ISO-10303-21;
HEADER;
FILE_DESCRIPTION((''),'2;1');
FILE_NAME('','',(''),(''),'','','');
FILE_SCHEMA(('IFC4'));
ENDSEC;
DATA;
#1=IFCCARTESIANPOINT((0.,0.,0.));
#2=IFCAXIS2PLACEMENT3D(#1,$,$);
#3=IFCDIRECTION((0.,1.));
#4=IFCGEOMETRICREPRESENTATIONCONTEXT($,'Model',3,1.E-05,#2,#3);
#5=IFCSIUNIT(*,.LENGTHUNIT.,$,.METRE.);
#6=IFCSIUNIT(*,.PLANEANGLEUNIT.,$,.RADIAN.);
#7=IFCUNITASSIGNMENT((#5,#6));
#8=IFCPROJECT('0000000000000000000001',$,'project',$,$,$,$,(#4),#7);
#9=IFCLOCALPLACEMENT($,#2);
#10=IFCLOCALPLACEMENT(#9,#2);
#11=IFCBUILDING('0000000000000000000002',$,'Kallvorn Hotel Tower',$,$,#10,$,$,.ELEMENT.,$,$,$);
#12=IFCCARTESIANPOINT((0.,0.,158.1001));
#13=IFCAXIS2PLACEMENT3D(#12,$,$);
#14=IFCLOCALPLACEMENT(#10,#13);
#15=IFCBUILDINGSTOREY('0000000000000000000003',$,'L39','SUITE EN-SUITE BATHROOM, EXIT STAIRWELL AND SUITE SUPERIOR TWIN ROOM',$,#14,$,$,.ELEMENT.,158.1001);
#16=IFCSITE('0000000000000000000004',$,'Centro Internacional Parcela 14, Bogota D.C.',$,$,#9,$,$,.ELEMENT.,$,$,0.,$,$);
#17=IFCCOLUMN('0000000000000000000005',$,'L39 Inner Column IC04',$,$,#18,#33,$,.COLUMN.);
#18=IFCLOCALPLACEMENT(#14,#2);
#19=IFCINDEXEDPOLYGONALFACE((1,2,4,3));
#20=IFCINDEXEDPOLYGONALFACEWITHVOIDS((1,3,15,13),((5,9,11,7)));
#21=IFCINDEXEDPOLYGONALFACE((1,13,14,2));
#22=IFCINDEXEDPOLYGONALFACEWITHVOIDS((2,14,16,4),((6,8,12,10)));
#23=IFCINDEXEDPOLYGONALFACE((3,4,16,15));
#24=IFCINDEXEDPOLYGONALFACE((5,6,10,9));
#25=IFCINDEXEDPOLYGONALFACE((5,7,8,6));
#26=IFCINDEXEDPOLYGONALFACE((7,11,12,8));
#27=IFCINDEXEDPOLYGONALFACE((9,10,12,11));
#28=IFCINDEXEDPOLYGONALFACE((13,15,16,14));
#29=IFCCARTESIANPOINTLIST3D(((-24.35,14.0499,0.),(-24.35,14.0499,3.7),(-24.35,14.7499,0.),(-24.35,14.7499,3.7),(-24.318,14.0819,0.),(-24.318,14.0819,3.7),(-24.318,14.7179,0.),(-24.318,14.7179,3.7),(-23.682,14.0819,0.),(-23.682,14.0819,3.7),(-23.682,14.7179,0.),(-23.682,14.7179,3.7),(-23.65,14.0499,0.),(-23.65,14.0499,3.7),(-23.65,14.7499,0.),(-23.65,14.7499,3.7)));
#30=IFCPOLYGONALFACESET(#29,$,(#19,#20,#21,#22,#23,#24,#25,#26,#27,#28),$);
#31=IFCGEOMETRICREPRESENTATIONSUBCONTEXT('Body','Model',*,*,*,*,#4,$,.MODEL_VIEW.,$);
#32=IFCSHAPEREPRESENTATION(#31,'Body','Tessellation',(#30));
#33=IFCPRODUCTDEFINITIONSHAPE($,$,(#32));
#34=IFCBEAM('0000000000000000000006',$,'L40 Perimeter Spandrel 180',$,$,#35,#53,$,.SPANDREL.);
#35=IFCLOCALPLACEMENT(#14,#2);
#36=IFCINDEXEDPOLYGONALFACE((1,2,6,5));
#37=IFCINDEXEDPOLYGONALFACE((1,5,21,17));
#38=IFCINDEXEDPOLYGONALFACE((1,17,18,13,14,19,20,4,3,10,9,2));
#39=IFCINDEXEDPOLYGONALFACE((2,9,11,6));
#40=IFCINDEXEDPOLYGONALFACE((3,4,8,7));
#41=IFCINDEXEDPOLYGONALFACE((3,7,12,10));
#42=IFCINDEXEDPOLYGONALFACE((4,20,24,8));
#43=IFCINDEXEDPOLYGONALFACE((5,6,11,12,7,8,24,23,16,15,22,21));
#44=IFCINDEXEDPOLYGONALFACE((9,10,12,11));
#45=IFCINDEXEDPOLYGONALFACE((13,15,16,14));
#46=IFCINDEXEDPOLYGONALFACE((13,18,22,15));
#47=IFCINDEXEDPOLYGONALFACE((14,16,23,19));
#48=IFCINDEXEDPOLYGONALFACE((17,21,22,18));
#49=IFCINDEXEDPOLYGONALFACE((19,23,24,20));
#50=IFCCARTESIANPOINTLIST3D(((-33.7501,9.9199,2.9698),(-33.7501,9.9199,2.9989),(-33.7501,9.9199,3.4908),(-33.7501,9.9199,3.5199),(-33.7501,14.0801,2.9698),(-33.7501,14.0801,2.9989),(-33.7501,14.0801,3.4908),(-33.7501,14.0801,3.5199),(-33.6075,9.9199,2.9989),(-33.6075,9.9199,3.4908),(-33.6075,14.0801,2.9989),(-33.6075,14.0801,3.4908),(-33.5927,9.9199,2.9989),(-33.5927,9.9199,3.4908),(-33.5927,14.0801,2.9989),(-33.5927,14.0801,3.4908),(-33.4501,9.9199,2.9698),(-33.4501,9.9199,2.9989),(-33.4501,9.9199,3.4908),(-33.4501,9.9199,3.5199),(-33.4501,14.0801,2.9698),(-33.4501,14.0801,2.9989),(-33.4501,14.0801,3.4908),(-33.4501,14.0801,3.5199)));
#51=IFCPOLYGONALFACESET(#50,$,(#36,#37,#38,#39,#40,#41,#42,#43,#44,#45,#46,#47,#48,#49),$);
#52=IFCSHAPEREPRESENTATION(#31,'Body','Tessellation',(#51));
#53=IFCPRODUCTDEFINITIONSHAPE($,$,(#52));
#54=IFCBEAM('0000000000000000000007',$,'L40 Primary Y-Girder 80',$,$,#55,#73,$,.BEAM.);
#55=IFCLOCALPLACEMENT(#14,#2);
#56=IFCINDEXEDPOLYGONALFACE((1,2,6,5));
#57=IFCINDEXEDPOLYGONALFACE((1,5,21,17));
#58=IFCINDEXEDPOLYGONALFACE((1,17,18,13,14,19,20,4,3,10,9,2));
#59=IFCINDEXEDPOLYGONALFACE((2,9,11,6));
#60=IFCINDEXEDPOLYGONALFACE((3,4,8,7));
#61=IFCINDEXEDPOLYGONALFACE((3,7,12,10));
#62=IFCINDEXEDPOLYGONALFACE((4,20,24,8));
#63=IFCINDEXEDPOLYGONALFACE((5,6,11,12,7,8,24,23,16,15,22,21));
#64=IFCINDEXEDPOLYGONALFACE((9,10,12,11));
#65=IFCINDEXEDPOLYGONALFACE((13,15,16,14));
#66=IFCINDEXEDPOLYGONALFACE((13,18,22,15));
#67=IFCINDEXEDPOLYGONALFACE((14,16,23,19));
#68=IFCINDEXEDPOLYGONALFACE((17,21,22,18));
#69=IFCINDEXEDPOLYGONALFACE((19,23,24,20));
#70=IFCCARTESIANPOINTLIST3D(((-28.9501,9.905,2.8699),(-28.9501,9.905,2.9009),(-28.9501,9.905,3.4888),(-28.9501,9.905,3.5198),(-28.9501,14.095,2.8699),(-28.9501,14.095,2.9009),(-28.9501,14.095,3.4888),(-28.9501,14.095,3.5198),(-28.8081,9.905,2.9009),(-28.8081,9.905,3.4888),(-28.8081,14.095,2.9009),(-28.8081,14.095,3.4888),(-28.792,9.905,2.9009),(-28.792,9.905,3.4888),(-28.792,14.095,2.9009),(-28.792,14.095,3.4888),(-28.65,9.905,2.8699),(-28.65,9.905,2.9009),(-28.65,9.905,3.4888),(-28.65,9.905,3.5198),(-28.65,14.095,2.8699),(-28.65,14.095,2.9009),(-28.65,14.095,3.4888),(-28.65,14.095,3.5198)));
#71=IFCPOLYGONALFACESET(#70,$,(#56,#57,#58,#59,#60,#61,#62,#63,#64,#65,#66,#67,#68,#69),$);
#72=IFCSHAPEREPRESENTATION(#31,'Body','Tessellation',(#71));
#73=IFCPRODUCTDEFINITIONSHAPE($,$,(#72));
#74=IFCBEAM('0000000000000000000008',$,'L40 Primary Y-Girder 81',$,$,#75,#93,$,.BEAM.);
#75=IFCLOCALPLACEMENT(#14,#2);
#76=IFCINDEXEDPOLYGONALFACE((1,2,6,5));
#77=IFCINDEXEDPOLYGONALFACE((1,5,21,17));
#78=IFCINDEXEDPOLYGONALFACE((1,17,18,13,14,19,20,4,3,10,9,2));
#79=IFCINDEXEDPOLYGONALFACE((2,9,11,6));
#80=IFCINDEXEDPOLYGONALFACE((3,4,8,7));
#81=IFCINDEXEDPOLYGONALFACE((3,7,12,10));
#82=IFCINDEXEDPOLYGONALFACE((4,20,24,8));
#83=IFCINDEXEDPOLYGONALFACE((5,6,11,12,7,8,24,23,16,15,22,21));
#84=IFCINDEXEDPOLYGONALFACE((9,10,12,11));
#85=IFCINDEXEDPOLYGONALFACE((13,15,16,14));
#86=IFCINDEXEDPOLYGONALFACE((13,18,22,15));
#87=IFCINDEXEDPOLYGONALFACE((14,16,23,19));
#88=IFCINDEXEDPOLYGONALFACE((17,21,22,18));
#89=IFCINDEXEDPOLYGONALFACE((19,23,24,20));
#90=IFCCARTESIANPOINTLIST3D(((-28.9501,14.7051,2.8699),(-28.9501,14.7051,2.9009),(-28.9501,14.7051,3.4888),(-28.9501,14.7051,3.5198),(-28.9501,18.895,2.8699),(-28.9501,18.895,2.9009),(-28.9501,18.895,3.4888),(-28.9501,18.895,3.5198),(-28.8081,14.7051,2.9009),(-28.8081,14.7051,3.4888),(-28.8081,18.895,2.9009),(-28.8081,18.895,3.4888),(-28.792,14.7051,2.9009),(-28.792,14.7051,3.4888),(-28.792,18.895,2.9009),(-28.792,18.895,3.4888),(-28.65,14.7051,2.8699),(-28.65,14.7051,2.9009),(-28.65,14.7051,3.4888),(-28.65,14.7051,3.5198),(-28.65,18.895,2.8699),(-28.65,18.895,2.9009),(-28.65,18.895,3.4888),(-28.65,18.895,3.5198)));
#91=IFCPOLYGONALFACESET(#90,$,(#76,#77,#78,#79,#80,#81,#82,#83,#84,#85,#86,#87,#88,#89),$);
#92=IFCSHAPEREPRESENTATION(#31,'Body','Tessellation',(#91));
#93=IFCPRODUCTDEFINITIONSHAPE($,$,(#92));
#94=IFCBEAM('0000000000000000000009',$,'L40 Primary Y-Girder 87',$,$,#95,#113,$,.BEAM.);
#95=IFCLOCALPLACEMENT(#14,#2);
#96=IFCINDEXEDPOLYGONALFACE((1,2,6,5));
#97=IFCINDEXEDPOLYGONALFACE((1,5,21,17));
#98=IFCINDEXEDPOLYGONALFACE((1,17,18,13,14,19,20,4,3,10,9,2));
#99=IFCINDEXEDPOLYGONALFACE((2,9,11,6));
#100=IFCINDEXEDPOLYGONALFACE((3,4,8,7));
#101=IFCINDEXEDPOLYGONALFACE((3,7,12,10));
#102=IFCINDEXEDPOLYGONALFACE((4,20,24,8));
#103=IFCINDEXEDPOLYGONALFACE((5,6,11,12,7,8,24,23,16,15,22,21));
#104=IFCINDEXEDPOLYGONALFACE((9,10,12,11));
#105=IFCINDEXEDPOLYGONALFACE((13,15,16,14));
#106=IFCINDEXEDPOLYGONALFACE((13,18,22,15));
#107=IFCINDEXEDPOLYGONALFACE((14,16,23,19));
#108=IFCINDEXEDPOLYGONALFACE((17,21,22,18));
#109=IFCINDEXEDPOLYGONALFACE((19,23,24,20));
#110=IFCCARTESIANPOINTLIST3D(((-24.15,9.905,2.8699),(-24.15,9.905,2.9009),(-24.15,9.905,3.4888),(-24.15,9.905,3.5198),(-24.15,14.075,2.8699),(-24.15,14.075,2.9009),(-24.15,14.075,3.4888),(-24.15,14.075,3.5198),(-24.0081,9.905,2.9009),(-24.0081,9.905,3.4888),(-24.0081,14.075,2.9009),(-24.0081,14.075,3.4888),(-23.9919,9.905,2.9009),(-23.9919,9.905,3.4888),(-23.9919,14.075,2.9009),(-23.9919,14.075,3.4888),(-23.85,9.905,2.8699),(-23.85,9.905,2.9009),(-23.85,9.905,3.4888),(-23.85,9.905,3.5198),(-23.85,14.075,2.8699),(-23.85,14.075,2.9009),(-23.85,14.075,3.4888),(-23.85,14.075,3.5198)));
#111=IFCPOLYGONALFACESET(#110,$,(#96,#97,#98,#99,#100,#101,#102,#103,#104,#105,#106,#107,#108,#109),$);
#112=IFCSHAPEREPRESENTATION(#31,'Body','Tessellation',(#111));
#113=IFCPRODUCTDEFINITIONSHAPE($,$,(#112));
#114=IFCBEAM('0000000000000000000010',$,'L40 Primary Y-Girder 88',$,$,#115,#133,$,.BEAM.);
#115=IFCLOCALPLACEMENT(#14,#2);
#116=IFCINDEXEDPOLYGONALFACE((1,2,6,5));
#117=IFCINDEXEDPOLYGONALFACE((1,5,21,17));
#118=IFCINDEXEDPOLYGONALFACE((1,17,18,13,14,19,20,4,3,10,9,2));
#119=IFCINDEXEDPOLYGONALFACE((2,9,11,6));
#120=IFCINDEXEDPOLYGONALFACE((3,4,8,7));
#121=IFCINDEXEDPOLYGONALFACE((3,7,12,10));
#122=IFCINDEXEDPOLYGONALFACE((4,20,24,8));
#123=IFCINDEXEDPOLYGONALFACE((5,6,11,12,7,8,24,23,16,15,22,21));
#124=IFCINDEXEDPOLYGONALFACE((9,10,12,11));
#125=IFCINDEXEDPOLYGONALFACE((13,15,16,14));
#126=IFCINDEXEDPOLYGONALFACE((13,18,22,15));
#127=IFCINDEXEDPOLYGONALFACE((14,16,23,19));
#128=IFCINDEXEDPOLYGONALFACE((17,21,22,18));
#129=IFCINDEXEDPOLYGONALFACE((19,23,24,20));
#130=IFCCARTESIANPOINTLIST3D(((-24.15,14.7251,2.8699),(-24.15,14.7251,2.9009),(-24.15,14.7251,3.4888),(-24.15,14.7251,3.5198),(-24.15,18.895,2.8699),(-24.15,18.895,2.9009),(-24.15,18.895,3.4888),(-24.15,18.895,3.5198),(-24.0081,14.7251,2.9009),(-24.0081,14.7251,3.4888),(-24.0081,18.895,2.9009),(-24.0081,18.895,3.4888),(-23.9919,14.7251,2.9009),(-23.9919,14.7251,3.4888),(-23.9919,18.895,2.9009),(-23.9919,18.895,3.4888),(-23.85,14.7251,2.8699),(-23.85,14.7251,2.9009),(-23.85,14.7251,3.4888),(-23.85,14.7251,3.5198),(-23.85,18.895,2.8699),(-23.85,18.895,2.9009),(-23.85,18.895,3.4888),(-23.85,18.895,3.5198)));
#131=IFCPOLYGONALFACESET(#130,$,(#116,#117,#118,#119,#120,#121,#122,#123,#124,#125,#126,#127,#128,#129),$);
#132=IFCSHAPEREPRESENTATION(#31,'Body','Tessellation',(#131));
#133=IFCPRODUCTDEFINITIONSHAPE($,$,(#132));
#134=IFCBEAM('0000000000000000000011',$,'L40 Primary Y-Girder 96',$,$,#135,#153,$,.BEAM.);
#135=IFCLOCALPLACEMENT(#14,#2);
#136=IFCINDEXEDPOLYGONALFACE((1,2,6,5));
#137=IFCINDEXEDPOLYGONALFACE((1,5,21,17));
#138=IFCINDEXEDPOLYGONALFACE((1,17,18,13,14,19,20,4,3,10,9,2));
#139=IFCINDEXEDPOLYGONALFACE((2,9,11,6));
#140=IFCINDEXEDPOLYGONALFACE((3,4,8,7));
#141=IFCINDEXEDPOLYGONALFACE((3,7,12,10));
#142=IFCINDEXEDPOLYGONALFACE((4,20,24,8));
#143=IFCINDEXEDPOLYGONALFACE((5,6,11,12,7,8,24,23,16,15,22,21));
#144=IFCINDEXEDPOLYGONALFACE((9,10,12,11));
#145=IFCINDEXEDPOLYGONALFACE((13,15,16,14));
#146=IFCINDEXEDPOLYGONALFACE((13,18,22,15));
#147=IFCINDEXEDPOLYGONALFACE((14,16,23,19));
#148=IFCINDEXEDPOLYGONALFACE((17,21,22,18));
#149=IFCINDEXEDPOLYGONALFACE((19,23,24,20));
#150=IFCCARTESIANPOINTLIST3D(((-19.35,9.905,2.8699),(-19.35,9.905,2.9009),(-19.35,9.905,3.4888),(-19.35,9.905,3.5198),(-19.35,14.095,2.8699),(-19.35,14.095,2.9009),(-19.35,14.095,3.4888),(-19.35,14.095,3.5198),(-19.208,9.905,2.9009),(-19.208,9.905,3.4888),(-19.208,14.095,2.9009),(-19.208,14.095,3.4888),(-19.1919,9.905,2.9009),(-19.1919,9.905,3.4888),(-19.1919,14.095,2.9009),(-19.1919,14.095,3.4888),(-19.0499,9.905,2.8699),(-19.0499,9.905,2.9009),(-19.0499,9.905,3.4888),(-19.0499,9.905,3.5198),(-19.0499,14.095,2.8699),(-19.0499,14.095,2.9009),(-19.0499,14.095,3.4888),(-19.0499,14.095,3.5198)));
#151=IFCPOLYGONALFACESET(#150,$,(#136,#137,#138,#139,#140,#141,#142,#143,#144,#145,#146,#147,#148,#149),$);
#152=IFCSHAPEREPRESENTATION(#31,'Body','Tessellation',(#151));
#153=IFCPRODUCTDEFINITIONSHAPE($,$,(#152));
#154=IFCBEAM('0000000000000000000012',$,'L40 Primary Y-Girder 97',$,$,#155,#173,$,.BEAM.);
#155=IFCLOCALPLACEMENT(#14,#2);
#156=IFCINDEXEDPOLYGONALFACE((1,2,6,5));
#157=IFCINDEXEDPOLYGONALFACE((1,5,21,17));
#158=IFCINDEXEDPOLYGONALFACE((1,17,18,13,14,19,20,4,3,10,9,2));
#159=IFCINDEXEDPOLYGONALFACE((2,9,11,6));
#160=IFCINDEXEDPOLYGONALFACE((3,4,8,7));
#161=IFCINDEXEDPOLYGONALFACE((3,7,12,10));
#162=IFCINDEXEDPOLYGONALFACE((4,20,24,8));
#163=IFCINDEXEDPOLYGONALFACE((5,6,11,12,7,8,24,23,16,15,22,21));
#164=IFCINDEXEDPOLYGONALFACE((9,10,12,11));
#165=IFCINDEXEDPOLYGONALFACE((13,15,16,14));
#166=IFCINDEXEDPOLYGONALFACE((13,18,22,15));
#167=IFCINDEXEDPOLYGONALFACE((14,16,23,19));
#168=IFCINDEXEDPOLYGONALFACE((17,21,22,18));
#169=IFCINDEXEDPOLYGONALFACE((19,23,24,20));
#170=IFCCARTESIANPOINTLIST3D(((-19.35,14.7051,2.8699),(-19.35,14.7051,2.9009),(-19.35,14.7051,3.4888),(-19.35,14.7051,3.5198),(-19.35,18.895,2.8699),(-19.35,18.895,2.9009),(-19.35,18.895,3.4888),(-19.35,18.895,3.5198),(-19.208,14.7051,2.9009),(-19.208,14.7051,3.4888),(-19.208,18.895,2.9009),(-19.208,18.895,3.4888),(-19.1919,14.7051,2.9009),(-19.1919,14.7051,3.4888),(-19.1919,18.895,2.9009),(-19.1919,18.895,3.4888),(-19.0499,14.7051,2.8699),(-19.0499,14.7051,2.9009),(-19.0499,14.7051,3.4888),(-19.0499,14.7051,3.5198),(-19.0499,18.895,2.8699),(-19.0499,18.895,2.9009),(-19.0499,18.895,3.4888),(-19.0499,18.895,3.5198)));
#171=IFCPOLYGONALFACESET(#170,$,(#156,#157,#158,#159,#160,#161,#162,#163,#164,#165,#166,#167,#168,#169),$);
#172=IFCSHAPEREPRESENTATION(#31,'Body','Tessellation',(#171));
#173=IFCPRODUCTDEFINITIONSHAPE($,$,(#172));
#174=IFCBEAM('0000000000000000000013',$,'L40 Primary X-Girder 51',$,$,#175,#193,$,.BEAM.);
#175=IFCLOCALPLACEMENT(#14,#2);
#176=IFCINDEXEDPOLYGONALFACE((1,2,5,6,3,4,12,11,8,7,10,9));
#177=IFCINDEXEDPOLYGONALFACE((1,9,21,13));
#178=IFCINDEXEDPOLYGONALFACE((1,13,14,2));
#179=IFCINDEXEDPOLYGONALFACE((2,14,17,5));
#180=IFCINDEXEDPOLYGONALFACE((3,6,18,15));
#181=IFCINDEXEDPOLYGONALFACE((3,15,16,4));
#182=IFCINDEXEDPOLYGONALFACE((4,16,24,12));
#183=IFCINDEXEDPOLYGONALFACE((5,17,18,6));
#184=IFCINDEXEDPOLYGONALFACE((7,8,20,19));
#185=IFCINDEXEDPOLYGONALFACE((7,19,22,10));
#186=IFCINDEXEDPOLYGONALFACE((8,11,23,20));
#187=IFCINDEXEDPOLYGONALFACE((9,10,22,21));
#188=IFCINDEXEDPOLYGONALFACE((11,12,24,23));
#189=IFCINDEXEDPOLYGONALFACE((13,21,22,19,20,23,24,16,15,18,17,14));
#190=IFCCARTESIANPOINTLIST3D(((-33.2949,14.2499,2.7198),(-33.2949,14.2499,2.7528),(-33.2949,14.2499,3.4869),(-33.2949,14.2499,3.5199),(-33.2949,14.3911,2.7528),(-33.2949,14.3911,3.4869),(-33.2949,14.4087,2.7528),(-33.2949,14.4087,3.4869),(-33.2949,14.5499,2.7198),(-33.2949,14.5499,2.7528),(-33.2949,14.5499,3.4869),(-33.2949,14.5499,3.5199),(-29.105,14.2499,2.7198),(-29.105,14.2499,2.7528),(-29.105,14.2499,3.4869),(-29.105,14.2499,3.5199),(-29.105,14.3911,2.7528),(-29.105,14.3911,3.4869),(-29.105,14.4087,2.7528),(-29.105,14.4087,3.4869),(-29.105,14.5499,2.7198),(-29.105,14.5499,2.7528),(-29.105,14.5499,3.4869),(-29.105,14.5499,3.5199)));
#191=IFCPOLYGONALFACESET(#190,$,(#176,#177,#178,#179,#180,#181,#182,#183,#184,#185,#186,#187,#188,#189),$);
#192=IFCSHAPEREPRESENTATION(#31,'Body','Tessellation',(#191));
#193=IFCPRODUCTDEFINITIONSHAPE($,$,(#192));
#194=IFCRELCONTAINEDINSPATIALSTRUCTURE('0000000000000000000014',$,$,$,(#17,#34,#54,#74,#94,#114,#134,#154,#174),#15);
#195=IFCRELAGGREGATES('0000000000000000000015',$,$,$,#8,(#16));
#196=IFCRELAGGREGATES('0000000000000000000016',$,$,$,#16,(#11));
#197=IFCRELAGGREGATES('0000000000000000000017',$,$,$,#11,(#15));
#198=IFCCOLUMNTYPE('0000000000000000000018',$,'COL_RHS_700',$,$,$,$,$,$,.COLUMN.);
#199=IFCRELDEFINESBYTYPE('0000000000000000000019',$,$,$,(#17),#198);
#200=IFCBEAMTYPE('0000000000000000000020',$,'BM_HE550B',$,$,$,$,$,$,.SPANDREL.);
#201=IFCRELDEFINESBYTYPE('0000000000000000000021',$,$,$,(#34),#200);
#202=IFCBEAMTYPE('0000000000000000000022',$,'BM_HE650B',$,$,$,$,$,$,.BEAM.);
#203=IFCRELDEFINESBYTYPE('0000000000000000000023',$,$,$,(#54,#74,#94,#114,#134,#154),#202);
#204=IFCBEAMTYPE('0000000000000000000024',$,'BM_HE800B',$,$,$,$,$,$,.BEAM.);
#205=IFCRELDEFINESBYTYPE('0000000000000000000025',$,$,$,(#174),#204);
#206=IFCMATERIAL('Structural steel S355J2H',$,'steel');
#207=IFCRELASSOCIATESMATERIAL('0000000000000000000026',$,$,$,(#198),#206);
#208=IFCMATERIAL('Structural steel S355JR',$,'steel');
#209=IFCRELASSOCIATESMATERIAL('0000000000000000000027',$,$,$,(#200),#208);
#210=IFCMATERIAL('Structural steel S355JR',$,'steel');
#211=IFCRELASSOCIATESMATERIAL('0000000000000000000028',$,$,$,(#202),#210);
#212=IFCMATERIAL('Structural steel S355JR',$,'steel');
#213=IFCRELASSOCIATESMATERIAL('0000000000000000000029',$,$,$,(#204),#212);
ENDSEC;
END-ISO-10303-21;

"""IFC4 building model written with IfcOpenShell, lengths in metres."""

from ifc_helpers import new_model, si_unit, direction, frame, origin, origin_2d, place, context, subcontext, project, spatial, hollow_rectangle, i_section, extrude, material, material_profile, profile_set, type_object, element, save


model = new_model("IFC4")

# Units and contexts
model_context = context("Model", 3, precision=1e-05, world=origin(), true_north=direction((0.0, 1.0)))
body_context = subcontext(model_context, "Body", "Model", "MODEL_VIEW")
ifc_project = project(units=[si_unit("LENGTHUNIT", "METRE"), si_unit("PLANEANGLEUNIT", "RADIAN")], contexts=[model_context])

# Site, building, storey
site_placement = place(None, origin())
site = spatial("IfcSite", under=ifc_project, at=site_placement, Name="Centro Internacional Parcela 14, Bogota D.C.", CompositionType="ELEMENT", RefElevation=0.0)
building_placement = place(site_placement, origin())
building = spatial("IfcBuilding", under=site, at=building_placement, Name="Kallvorn Hotel Tower", CompositionType="ELEMENT")
storey_placement = place(building_placement, frame((0.0, 0.0, 158.1001)))
storey = spatial("IfcBuildingStorey", under=building, at=storey_placement, Name="L39", Description="SUITE EN-SUITE BATHROOM, EXIT STAIRWELL AND SUITE SUPERIOR TWIN ROOM", CompositionType="ELEMENT", Elevation=158.1001)

# Column
ifc_material_1 = material(Name="Structural steel S355J2H", Category="steel")
ifc_material_profile_1 = material_profile(ifc_material_1, hollow_rectangle(XDim=0.7, YDim=0.7, WallThickness=0.032, at=origin_2d()), Name="RHS 700x700x32")
ifc_profile_set_1 = profile_set([ifc_material_profile_1], Name="Structural steel S355J2H")
column_type_1 = type_object("IfcColumnType", Name="COL_RHS_700", PredefinedType="COLUMN", material=ifc_profile_set_1)
column_placement = place(storey_placement, frame((-24.0, 14.3999, 0.0), z_axis=(0.0, 0.0, 1.0), x_axis=(1.0, 0.0, 0.0)))
element("IfcColumn", 1, at=column_placement, inside=storey, type_object=column_type_1, Name="L39 Inner Column IC04", PredefinedType="COLUMN", context=body_context, shape_type="SweptSolid", body=[
    extrude(hollow_rectangle(XDim=0.7, YDim=0.7, WallThickness=0.032, at=origin_2d()), origin(), (0.0, 0.0, 1.0), 3.7),
])

# Beams
ifc_material_2 = material(Name="Structural steel S355JR", Category="steel")
ifc_material_profile_2 = material_profile(ifc_material_2, i_section(OverallWidth=0.3, OverallDepth=0.55, WebThickness=0.0149, FlangeThickness=0.0291, at=origin_2d()), Name="HE 550 B")
ifc_profile_set_2 = profile_set([ifc_material_profile_2], Name="Structural steel S355JR")
beam_type_1 = type_object("IfcBeamType", Name="BM_HE550B", PredefinedType="SPANDREL", material=ifc_profile_set_2)
beam_1_placement = place(storey_placement, frame((-33.6001, 9.9199, 3.2449), z_axis=(0.0, 1.0, 0.0), x_axis=(-1.0, 0.0, 0.0)))
element("IfcBeam", 2, at=beam_1_placement, inside=storey, type_object=beam_type_1, Name="L40 Perimeter Spandrel 180", PredefinedType="SPANDREL", context=body_context, shape_type="SweptSolid", body=[
    extrude(i_section(OverallWidth=0.3, OverallDepth=0.55, WebThickness=0.0149, FlangeThickness=0.0291, at=origin_2d()), origin(), (0.0, 0.0, 1.0), 4.1602),
])
ifc_material_3 = material(Name="Structural steel S355JR", Category="steel")
ifc_material_profile_3 = material_profile(ifc_material_3, i_section(OverallWidth=0.3, OverallDepth=0.6499, WebThickness=0.0161, FlangeThickness=0.031, at=origin_2d()), Name="HE 650 B")
ifc_profile_set_3 = profile_set([ifc_material_profile_3], Name="Structural steel S355JR")
beam_type_2 = type_object("IfcBeamType", Name="BM_HE650B", PredefinedType="BEAM", material=ifc_profile_set_3)
for number, where, z_axis, x_axis, name in (
    (3, (-28.8, 9.905, 3.1948), (0.0, 1.0, 0.0), (-1.0, 0.0, 0.0), "L40 Primary Y-Girder 80"),
    (4, (-28.8, 14.7051, 3.1948), (0.0, 1.0, 0.0), (-1.0, 0.0, 0.0), "L40 Primary Y-Girder 81"),
):
    element("IfcBeam", number, at=place(storey_placement, frame(where, z_axis=z_axis, x_axis=x_axis)), inside=storey, type_object=beam_type_2, Name=name, PredefinedType="BEAM", context=body_context, shape_type="SweptSolid", body=[
        extrude(i_section(OverallWidth=0.3, OverallDepth=0.6499, WebThickness=0.0161, FlangeThickness=0.031, at=origin_2d()), origin(), (0.0, 0.0, 1.0), 4.1899),
    ])
for number, where, z_axis, x_axis, name in (
    (5, (-24.0, 9.905, 3.1948), (0.0, 1.0, 0.0), (-1.0, 0.0, 0.0), "L40 Primary Y-Girder 87"),
    (6, (-24.0, 14.7251, 3.1948), (0.0, 1.0, 0.0), (-1.0, 0.0, 0.0), "L40 Primary Y-Girder 88"),
):
    element("IfcBeam", number, at=place(storey_placement, frame(where, z_axis=z_axis, x_axis=x_axis)), inside=storey, type_object=beam_type_2, Name=name, PredefinedType="BEAM", context=body_context, shape_type="SweptSolid", body=[
        extrude(i_section(OverallWidth=0.3, OverallDepth=0.6499, WebThickness=0.0161, FlangeThickness=0.031, at=origin_2d()), origin(), (0.0, 0.0, 1.0), 4.1699),
    ])
for number, where, z_axis, x_axis, name in (
    (7, (-19.2, 9.905, 3.1948), (0.0, 1.0, 0.0), (-1.0, 0.0, 0.0), "L40 Primary Y-Girder 96"),
    (8, (-19.2, 14.7051, 3.1948), (0.0, 1.0, 0.0), (-1.0, 0.0, 0.0), "L40 Primary Y-Girder 97"),
):
    element("IfcBeam", number, at=place(storey_placement, frame(where, z_axis=z_axis, x_axis=x_axis)), inside=storey, type_object=beam_type_2, Name=name, PredefinedType="BEAM", context=body_context, shape_type="SweptSolid", body=[
        extrude(i_section(OverallWidth=0.3, OverallDepth=0.6499, WebThickness=0.0161, FlangeThickness=0.031, at=origin_2d()), origin(), (0.0, 0.0, 1.0), 4.1899),
    ])
ifc_material_4 = material(Name="Structural steel S355JR", Category="steel")
ifc_material_profile_4 = material_profile(ifc_material_4, i_section(OverallWidth=0.3, OverallDepth=0.8, WebThickness=0.0176, FlangeThickness=0.033, at=origin_2d()), Name="HE 800 B")
ifc_profile_set_4 = profile_set([ifc_material_profile_4], Name="Structural steel S355JR")
beam_type_3 = type_object("IfcBeamType", Name="BM_HE800B", PredefinedType="BEAM", material=ifc_profile_set_4)
beam_2_placement = place(storey_placement, frame((-33.2949, 14.3999, 3.1199), z_axis=(1.0, 0.0, 0.0), x_axis=(0.0, 1.0, 0.0)))
element("IfcBeam", 9, at=beam_2_placement, inside=storey, type_object=beam_type_3, Name="L40 Primary X-Girder 51", PredefinedType="BEAM", context=body_context, shape_type="SweptSolid", body=[
    extrude(i_section(OverallWidth=0.3, OverallDepth=0.8, WebThickness=0.0176, FlangeThickness=0.033, at=origin_2d()), origin(), (0.0, 0.0, 1.0), 4.1899),
])

save(model, "model.ifc")
